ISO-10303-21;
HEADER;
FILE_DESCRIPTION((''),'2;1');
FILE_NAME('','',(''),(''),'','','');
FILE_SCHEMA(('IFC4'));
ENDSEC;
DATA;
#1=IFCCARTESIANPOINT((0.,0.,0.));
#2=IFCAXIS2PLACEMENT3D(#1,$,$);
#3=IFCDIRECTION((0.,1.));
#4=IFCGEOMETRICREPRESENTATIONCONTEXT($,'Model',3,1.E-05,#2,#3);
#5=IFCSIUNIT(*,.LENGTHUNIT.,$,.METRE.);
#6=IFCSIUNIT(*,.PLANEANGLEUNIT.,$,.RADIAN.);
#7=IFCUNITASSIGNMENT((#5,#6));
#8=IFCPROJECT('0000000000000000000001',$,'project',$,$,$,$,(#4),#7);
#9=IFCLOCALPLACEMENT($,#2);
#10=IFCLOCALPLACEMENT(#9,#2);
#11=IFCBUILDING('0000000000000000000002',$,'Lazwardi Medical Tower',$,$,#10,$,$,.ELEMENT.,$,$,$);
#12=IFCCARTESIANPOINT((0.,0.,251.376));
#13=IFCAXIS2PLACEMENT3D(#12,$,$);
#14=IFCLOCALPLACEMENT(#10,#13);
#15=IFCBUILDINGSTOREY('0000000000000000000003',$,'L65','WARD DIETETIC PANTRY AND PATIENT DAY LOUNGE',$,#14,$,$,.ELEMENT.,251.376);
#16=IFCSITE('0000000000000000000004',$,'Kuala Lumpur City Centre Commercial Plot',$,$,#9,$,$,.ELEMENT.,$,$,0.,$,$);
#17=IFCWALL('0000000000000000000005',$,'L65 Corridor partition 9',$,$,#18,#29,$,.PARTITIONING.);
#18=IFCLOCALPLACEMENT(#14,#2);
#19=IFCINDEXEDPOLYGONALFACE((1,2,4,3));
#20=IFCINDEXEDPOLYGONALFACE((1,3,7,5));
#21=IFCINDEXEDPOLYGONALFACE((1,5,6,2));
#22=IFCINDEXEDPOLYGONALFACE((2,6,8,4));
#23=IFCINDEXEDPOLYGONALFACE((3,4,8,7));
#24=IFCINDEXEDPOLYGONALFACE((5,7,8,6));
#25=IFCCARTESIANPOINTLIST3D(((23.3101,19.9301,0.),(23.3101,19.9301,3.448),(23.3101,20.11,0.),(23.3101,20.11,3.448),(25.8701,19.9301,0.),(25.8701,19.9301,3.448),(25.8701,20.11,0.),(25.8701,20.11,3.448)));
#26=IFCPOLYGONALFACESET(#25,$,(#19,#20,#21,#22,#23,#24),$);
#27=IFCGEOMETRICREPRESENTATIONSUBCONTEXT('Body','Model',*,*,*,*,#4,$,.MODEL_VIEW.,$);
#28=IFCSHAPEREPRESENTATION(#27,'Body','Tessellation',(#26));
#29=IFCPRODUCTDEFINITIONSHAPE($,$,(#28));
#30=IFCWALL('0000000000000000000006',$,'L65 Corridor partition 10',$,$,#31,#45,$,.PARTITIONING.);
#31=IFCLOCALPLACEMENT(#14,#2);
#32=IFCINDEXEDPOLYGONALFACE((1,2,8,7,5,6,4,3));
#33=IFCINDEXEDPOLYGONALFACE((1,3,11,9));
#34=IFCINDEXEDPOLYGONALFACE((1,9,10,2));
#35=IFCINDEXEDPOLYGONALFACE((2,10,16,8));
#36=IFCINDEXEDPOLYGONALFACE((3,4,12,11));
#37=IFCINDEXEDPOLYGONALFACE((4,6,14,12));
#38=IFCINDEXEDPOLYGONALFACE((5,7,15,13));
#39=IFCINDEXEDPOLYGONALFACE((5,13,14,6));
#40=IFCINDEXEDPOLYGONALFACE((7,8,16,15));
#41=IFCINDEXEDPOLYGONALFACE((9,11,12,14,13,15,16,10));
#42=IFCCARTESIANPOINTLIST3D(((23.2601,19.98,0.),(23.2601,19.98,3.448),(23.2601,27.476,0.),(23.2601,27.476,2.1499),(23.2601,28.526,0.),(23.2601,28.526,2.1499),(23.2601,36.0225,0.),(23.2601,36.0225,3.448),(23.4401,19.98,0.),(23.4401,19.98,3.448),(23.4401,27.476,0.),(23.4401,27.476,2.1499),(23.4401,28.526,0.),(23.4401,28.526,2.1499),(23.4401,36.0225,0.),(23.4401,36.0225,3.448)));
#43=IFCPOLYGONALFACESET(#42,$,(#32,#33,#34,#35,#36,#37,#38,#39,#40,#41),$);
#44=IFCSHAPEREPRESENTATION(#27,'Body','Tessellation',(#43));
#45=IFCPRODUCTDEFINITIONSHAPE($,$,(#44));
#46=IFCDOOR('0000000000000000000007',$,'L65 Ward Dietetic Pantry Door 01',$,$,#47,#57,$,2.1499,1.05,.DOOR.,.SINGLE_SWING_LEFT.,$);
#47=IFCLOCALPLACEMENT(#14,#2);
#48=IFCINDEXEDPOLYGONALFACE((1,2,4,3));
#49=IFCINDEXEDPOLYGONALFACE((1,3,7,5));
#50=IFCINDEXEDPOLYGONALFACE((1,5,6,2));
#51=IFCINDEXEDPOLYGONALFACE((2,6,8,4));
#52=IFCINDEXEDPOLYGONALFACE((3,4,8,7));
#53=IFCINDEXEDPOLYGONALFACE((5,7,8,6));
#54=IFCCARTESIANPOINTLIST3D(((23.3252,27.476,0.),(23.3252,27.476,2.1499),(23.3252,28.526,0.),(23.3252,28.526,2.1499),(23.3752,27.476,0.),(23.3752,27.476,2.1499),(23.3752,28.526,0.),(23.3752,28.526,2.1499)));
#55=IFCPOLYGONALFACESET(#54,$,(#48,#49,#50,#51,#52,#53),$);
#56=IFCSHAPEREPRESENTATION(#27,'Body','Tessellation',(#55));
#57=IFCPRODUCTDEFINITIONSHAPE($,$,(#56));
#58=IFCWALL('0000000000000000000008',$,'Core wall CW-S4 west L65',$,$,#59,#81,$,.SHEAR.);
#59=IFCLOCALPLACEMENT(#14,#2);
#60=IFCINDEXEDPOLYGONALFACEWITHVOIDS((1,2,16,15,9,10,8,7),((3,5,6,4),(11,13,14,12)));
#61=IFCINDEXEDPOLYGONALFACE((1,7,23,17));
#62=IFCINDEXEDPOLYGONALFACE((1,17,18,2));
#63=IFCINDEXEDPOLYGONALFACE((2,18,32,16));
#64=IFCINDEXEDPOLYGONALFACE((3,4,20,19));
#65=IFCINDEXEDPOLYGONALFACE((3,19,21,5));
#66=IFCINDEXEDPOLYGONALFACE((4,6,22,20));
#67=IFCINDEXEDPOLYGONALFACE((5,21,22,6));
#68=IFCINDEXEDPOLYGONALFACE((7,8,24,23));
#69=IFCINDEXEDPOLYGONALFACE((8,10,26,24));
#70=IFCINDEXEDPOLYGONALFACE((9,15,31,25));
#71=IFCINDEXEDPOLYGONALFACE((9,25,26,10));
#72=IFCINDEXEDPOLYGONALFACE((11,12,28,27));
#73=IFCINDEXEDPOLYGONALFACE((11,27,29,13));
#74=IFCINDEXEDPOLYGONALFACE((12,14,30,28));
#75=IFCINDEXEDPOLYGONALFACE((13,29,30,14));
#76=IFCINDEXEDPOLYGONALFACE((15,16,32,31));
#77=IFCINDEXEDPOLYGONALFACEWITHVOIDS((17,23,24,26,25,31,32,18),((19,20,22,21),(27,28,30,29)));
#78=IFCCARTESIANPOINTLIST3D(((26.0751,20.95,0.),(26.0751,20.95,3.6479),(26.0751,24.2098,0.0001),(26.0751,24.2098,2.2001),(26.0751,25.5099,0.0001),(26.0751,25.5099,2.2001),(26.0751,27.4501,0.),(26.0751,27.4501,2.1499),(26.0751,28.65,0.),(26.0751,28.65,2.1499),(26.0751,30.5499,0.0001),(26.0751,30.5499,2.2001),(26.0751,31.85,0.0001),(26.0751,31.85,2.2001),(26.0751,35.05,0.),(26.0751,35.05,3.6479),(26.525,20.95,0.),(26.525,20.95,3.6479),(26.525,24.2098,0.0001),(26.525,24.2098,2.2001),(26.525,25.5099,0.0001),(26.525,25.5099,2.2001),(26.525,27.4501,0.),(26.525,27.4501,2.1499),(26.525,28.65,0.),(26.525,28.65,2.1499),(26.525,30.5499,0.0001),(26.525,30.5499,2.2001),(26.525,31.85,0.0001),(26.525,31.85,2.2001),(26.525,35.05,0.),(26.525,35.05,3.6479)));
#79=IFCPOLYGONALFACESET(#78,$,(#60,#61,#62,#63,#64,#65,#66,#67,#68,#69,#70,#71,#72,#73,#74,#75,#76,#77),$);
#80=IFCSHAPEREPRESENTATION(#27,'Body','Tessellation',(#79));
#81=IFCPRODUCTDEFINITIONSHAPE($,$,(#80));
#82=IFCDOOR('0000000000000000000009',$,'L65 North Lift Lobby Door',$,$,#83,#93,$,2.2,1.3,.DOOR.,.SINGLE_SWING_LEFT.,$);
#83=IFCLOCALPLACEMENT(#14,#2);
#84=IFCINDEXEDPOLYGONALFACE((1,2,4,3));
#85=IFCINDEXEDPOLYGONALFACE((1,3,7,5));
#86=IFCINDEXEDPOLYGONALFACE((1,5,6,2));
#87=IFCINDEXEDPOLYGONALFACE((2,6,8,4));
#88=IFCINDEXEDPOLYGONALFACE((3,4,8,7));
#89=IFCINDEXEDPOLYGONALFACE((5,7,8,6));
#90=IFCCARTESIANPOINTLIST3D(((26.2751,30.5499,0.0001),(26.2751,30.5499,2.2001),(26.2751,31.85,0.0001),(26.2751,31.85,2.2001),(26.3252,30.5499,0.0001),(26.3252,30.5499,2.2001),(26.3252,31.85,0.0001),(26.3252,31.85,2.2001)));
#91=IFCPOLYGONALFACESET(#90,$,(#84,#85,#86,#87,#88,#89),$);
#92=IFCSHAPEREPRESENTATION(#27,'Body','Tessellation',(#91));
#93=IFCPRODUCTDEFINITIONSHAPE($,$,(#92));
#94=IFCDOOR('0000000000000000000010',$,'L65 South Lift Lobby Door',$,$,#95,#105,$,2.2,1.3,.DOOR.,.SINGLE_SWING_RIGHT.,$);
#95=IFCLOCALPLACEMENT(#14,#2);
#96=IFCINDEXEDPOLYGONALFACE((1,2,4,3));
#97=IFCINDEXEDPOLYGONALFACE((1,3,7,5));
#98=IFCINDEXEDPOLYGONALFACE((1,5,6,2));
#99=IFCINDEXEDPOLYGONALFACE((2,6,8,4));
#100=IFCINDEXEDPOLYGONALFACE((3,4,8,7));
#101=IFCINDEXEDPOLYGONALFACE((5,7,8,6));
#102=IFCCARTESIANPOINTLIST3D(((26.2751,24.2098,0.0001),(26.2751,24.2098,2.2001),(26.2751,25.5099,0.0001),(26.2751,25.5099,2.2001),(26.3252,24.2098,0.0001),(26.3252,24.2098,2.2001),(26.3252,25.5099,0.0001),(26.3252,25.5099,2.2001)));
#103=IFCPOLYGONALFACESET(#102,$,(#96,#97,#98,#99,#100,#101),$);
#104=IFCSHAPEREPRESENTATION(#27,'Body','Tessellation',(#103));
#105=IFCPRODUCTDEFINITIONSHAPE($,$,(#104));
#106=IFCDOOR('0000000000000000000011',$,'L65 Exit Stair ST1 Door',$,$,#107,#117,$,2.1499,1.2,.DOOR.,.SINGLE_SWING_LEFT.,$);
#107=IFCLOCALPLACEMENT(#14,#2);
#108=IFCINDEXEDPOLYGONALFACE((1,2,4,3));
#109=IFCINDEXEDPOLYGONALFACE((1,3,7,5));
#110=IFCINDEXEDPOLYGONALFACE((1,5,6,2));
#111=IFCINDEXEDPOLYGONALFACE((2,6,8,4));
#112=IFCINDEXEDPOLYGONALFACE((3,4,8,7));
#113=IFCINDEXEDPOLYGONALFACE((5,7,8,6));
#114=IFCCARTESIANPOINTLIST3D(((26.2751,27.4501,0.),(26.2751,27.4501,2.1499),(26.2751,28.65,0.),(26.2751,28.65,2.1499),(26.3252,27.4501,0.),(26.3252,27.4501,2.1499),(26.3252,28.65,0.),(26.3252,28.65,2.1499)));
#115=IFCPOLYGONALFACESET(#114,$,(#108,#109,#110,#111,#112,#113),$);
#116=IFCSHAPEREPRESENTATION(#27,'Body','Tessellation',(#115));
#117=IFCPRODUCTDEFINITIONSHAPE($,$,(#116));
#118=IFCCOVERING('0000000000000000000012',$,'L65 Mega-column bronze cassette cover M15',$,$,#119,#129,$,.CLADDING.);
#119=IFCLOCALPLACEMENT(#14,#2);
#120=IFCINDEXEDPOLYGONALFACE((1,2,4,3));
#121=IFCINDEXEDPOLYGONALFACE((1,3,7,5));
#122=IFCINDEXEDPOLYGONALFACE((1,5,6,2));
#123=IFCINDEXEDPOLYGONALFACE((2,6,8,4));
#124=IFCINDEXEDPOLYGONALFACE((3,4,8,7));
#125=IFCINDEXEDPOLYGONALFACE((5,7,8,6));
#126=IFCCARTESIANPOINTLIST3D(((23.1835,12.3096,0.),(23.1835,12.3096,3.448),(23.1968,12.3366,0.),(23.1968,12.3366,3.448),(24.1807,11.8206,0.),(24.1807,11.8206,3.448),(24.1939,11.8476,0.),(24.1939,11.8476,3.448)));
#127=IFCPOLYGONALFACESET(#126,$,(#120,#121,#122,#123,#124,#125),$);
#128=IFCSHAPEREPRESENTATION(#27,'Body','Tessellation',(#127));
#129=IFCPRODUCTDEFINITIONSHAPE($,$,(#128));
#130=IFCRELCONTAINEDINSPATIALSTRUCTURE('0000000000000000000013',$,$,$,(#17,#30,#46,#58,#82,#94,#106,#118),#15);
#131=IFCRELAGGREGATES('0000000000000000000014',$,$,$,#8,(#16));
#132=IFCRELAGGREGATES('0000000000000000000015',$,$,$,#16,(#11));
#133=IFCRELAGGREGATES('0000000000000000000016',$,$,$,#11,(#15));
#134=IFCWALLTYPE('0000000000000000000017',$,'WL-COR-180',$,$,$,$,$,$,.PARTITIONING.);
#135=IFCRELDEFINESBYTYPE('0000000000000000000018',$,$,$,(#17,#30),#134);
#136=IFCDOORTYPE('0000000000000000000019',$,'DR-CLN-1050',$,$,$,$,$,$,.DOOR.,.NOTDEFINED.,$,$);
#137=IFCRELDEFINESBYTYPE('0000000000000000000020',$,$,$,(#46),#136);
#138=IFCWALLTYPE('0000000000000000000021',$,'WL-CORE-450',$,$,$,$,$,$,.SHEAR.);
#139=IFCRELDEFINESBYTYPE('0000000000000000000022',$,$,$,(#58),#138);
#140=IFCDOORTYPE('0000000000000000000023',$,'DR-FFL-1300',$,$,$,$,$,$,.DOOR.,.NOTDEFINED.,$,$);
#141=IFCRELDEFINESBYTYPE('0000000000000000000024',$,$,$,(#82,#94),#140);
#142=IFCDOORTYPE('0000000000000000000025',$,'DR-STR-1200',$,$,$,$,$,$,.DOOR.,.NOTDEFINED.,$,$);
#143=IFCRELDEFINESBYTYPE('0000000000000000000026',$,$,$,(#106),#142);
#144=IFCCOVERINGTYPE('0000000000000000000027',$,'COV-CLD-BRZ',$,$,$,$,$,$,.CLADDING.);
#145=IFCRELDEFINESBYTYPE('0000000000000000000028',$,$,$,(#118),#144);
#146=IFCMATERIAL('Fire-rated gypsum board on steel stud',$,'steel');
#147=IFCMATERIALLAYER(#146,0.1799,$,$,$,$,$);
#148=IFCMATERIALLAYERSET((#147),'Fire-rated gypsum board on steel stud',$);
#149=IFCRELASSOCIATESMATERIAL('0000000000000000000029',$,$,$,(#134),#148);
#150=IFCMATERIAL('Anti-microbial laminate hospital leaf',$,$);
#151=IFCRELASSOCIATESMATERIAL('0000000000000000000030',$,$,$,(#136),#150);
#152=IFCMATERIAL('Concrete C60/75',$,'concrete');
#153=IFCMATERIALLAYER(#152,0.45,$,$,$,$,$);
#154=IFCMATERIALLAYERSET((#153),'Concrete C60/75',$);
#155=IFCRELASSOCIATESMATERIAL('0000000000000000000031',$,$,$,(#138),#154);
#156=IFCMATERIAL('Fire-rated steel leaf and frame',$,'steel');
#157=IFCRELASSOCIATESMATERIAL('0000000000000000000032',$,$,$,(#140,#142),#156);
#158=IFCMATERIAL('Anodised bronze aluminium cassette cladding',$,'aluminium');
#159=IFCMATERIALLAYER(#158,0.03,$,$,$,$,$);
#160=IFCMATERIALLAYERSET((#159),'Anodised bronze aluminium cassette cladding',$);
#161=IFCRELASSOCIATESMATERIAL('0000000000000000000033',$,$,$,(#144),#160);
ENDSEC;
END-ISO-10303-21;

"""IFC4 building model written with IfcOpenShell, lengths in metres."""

from ifc_helpers import new_model, si_unit, direction, frame, frame_2d, origin, origin_2d, place, context, subcontext, project, spatial, rectangle, extrude, material, layer, layer_set, type_object, element, fill, save


model = new_model("IFC4")

# Units and contexts
model_context = context("Model", 3, precision=1e-05, world=origin(), true_north=direction((0.0, 1.0)))
body_context = subcontext(model_context, "Body", "Model", "MODEL_VIEW")
ifc_project = project(units=[si_unit("LENGTHUNIT", "METRE"), si_unit("PLANEANGLEUNIT", "RADIAN")], contexts=[model_context])

# Site, building, storey
site_placement = place(None, origin())
site = spatial("IfcSite", under=ifc_project, at=site_placement, Name="Kuala Lumpur City Centre Commercial Plot", CompositionType="ELEMENT", RefElevation=0.0)
building_placement = place(site_placement, origin())
building = spatial("IfcBuilding", under=site, at=building_placement, Name="Lazwardi Medical Tower", CompositionType="ELEMENT")
storey_placement = place(building_placement, frame((0.0, 0.0, 251.376)))
storey = spatial("IfcBuildingStorey", under=building, at=storey_placement, Name="L65", Description="WARD DIETETIC PANTRY AND PATIENT DAY LOUNGE", CompositionType="ELEMENT", Elevation=251.376)

# Shared definitions
ifc_material_1 = material(Name="Concrete C60/75", Category="concrete")

# Wall
ifc_material_2 = material(Name="Fire-rated gypsum board on steel stud", Category="steel")
ifc_layer_1 = layer(ifc_material_2, 0.1799)
ifc_layer_set_1 = layer_set([ifc_layer_1], Name="Fire-rated gypsum board on steel stud")
wall_type_1 = type_object("IfcWallType", Name="WL-COR-180", PredefinedType="PARTITIONING", material=ifc_layer_set_1)
wall_1_placement = place(storey_placement, frame((25.8701, 20.02, 0.0), z_axis=(0.0, 0.0, 1.0), x_axis=(-1.0, 0.0, 0.0)))
element("IfcWall", 1, at=wall_1_placement, inside=storey, type_object=wall_type_1, Name="L65 Corridor partition 9", PredefinedType="PARTITIONING", context=body_context, shape_type="SweptSolid", body=[
    extrude(rectangle(XDim=2.5601, YDim=0.1799, at=frame_2d((1.28, 0.0))), origin(), (0.0, 0.0, 1.0), 3.448),
])

# Wall, opening, door
wall_2_placement = place(storey_placement, frame((23.3501, 19.98, 0.0), z_axis=(0.0, 0.0, 1.0), x_axis=(0.0, 1.0, 0.0)))
wall_2 = element("IfcWall", 2, at=wall_2_placement, inside=storey, type_object=wall_type_1, Name="L65 Corridor partition 10", PredefinedType="PARTITIONING", context=body_context, shape_type="SweptSolid", body=[
    extrude(rectangle(XDim=16.0425, YDim=0.1799, at=frame_2d((8.0212, 0.0))), origin(), (0.0, 0.0, 1.0), 3.448),
])
opening_1_placement = place(wall_2_placement, frame((7.4961, 0.0, 0.0)))
opening_1 = element("IfcOpeningElement", 3, at=opening_1_placement, cuts=wall_2, PredefinedType="OPENING", context=body_context, shape_type="SweptSolid", body=[
    extrude(rectangle(XDim=1.05, YDim=2.1499, at=frame_2d((0.5249, 1.075))), frame((0.0, 0.0999, 0.0), z_axis=(0.0, -1.0, 0.0), x_axis=(1.0, 0.0, 0.0)), (0.0, 0.0, 1.0), 0.2),
])
ifc_material_3 = material(Name="Anti-microbial laminate hospital leaf")
door_type_1 = type_object("IfcDoorType", Name="DR-CLN-1050", OperationType="NOTDEFINED", PredefinedType="DOOR", material=ifc_material_3)
door_1_placement = place(opening_1_placement, origin())
door_1 = element("IfcDoor", 4, at=door_1_placement, inside=storey, type_object=door_type_1, Name="L65 Ward Dietetic Pantry Door 01", OperationType="SINGLE_SWING_LEFT", OverallHeight=2.1499, OverallWidth=1.05, PredefinedType="DOOR", context=body_context, shape_type="SweptSolid", body=[
    extrude(rectangle(XDim=1.05, YDim=2.1499, at=frame_2d((0.5249, 1.075))), frame((0.0, 0.0249, 0.0), z_axis=(0.0, -1.0, 0.0), x_axis=(1.0, 0.0, 0.0)), (0.0, 0.0, 1.0), 0.05),
])
fill(opening_1, door_1)

# Wall, openings, doors
ifc_layer_2 = layer(ifc_material_1, 0.45)
ifc_layer_set_2 = layer_set([ifc_layer_2], Name="Concrete C60/75")
wall_type_2 = type_object("IfcWallType", Name="WL-CORE-450", PredefinedType="SHEAR", material=ifc_layer_set_2)
wall_3_placement = place(storey_placement, frame((26.3, 20.95, 0.0), z_axis=(0.0, 0.0, 1.0), x_axis=(0.0, 1.0, 0.0)))
wall_3 = element("IfcWall", 5, at=wall_3_placement, inside=storey, type_object=wall_type_2, Name="Core wall CW-S4 west L65", PredefinedType="SHEAR", context=body_context, shape_type="SweptSolid", body=[
    extrude(rectangle(XDim=14.1001, YDim=0.45, at=frame_2d((7.05, 0.0))), origin(), (0.0, 0.0, 1.0), 3.6479),
])
opening_2_placement = place(wall_3_placement, frame((6.5, 0.0, 0.0)))
opening_2 = element("IfcOpeningElement", 6, at=opening_2_placement, cuts=wall_3, PredefinedType="OPENING", context=body_context, shape_type="SweptSolid", body=[
    extrude(rectangle(XDim=1.2, YDim=2.1499, at=frame_2d((0.6001, 1.075))), frame((0.0, 0.2349, 0.0), z_axis=(0.0, -1.0, 0.0), x_axis=(1.0, 0.0, 0.0)), (0.0, 0.0, 1.0), 0.47),
])
opening_3_placement = place(wall_3_placement, frame((9.6001, 0.0, 0.0)))
opening_3 = element("IfcOpeningElement", 7, at=opening_3_placement, cuts=wall_3, PredefinedType="OPENING", context=body_context, shape_type="SweptSolid", body=[
    extrude(rectangle(XDim=1.3, YDim=2.2, at=frame_2d((0.6499, 1.1001))), frame((0.0, 0.2349, 0.0), z_axis=(0.0, -1.0, 0.0), x_axis=(1.0, 0.0, 0.0)), (0.0, 0.0, 1.0), 0.47),
])
opening_4_placement = place(wall_3_placement, frame((3.26, 0.0, 0.0)))
opening_4 = element("IfcOpeningElement", 8, at=opening_4_placement, cuts=wall_3, PredefinedType="OPENING", context=body_context, shape_type="SweptSolid", body=[
    extrude(rectangle(XDim=1.3, YDim=2.2, at=frame_2d((0.6499, 1.1001))), frame((0.0, 0.2349, 0.0), z_axis=(0.0, -1.0, 0.0), x_axis=(1.0, 0.0, 0.0)), (0.0, 0.0, 1.0), 0.47),
])
ifc_material_4 = material(Name="Fire-rated steel leaf and frame", Category="steel")
door_type_2 = type_object("IfcDoorType", Name="DR-FFL-1300", OperationType="NOTDEFINED", PredefinedType="DOOR", material=ifc_material_4)
door_2_placement = place(opening_3_placement, origin())
door_2 = element("IfcDoor", 9, at=door_2_placement, inside=storey, type_object=door_type_2, Name="L65 North Lift Lobby Door", OperationType="SINGLE_SWING_LEFT", OverallHeight=2.2, OverallWidth=1.3, PredefinedType="DOOR", context=body_context, shape_type="SweptSolid", body=[
    extrude(rectangle(XDim=1.3, YDim=2.2, at=frame_2d((0.6499, 1.1001))), frame((0.0, 0.0249, 0.0), z_axis=(0.0, -1.0, 0.0), x_axis=(1.0, 0.0, 0.0)), (0.0, 0.0, 1.0), 0.05),
])
fill(opening_3, door_2)
door_3_placement = place(opening_4_placement, origin())
door_3 = element("IfcDoor", 10, at=door_3_placement, inside=storey, type_object=door_type_2, Name="L65 South Lift Lobby Door", OperationType="SINGLE_SWING_RIGHT", OverallHeight=2.2, OverallWidth=1.3, PredefinedType="DOOR", context=body_context, shape_type="SweptSolid", body=[
    extrude(rectangle(XDim=1.3, YDim=2.2, at=frame_2d((0.6499, 1.1001))), frame((0.0, 0.0249, 0.0), z_axis=(0.0, -1.0, 0.0), x_axis=(1.0, 0.0, 0.0)), (0.0, 0.0, 1.0), 0.05),
])
fill(opening_4, door_3)
door_type_3 = type_object("IfcDoorType", Name="DR-STR-1200", OperationType="NOTDEFINED", PredefinedType="DOOR", material=ifc_material_4)
door_4_placement = place(opening_2_placement, origin())
door_4 = element("IfcDoor", 11, at=door_4_placement, inside=storey, type_object=door_type_3, Name="L65 Exit Stair ST1 Door", OperationType="SINGLE_SWING_LEFT", OverallHeight=2.1499, OverallWidth=1.2, PredefinedType="DOOR", context=body_context, shape_type="SweptSolid", body=[
    extrude(rectangle(XDim=1.2, YDim=2.1499, at=frame_2d((0.6001, 1.075))), frame((0.0, 0.0249, 0.0), z_axis=(0.0, -1.0, 0.0), x_axis=(1.0, 0.0, 0.0)), (0.0, 0.0, 1.0), 0.05),
])
fill(opening_2, door_4)

# Covering
ifc_material_5 = material(Name="Anodised bronze aluminium cassette cladding", Category="aluminium")
ifc_layer_3 = layer(ifc_material_5, 0.03)
ifc_layer_set_3 = layer_set([ifc_layer_3], Name="Anodised bronze aluminium cassette cladding")
covering_type = type_object("IfcCoveringType", Name="COV-CLD-BRZ", PredefinedType="CLADDING", material=ifc_layer_set_3)
covering_placement = place(storey_placement, frame((23.6887, 12.0786, 0.0), z_axis=(0.0, 0.0, 1.0), x_axis=(0.89784, -0.440322, 0.0)))
element("IfcCovering", 12, at=covering_placement, inside=storey, type_object=covering_type, Name="L65 Mega-column bronze cassette cover M15", PredefinedType="CLADDING", context=body_context, shape_type="SweptSolid", body=[
    extrude(rectangle(XDim=1.1106, YDim=0.03, at=origin_2d()), origin(), (0.0, 0.0, 1.0), 3.448),
])

save(model, "model.ifc")
